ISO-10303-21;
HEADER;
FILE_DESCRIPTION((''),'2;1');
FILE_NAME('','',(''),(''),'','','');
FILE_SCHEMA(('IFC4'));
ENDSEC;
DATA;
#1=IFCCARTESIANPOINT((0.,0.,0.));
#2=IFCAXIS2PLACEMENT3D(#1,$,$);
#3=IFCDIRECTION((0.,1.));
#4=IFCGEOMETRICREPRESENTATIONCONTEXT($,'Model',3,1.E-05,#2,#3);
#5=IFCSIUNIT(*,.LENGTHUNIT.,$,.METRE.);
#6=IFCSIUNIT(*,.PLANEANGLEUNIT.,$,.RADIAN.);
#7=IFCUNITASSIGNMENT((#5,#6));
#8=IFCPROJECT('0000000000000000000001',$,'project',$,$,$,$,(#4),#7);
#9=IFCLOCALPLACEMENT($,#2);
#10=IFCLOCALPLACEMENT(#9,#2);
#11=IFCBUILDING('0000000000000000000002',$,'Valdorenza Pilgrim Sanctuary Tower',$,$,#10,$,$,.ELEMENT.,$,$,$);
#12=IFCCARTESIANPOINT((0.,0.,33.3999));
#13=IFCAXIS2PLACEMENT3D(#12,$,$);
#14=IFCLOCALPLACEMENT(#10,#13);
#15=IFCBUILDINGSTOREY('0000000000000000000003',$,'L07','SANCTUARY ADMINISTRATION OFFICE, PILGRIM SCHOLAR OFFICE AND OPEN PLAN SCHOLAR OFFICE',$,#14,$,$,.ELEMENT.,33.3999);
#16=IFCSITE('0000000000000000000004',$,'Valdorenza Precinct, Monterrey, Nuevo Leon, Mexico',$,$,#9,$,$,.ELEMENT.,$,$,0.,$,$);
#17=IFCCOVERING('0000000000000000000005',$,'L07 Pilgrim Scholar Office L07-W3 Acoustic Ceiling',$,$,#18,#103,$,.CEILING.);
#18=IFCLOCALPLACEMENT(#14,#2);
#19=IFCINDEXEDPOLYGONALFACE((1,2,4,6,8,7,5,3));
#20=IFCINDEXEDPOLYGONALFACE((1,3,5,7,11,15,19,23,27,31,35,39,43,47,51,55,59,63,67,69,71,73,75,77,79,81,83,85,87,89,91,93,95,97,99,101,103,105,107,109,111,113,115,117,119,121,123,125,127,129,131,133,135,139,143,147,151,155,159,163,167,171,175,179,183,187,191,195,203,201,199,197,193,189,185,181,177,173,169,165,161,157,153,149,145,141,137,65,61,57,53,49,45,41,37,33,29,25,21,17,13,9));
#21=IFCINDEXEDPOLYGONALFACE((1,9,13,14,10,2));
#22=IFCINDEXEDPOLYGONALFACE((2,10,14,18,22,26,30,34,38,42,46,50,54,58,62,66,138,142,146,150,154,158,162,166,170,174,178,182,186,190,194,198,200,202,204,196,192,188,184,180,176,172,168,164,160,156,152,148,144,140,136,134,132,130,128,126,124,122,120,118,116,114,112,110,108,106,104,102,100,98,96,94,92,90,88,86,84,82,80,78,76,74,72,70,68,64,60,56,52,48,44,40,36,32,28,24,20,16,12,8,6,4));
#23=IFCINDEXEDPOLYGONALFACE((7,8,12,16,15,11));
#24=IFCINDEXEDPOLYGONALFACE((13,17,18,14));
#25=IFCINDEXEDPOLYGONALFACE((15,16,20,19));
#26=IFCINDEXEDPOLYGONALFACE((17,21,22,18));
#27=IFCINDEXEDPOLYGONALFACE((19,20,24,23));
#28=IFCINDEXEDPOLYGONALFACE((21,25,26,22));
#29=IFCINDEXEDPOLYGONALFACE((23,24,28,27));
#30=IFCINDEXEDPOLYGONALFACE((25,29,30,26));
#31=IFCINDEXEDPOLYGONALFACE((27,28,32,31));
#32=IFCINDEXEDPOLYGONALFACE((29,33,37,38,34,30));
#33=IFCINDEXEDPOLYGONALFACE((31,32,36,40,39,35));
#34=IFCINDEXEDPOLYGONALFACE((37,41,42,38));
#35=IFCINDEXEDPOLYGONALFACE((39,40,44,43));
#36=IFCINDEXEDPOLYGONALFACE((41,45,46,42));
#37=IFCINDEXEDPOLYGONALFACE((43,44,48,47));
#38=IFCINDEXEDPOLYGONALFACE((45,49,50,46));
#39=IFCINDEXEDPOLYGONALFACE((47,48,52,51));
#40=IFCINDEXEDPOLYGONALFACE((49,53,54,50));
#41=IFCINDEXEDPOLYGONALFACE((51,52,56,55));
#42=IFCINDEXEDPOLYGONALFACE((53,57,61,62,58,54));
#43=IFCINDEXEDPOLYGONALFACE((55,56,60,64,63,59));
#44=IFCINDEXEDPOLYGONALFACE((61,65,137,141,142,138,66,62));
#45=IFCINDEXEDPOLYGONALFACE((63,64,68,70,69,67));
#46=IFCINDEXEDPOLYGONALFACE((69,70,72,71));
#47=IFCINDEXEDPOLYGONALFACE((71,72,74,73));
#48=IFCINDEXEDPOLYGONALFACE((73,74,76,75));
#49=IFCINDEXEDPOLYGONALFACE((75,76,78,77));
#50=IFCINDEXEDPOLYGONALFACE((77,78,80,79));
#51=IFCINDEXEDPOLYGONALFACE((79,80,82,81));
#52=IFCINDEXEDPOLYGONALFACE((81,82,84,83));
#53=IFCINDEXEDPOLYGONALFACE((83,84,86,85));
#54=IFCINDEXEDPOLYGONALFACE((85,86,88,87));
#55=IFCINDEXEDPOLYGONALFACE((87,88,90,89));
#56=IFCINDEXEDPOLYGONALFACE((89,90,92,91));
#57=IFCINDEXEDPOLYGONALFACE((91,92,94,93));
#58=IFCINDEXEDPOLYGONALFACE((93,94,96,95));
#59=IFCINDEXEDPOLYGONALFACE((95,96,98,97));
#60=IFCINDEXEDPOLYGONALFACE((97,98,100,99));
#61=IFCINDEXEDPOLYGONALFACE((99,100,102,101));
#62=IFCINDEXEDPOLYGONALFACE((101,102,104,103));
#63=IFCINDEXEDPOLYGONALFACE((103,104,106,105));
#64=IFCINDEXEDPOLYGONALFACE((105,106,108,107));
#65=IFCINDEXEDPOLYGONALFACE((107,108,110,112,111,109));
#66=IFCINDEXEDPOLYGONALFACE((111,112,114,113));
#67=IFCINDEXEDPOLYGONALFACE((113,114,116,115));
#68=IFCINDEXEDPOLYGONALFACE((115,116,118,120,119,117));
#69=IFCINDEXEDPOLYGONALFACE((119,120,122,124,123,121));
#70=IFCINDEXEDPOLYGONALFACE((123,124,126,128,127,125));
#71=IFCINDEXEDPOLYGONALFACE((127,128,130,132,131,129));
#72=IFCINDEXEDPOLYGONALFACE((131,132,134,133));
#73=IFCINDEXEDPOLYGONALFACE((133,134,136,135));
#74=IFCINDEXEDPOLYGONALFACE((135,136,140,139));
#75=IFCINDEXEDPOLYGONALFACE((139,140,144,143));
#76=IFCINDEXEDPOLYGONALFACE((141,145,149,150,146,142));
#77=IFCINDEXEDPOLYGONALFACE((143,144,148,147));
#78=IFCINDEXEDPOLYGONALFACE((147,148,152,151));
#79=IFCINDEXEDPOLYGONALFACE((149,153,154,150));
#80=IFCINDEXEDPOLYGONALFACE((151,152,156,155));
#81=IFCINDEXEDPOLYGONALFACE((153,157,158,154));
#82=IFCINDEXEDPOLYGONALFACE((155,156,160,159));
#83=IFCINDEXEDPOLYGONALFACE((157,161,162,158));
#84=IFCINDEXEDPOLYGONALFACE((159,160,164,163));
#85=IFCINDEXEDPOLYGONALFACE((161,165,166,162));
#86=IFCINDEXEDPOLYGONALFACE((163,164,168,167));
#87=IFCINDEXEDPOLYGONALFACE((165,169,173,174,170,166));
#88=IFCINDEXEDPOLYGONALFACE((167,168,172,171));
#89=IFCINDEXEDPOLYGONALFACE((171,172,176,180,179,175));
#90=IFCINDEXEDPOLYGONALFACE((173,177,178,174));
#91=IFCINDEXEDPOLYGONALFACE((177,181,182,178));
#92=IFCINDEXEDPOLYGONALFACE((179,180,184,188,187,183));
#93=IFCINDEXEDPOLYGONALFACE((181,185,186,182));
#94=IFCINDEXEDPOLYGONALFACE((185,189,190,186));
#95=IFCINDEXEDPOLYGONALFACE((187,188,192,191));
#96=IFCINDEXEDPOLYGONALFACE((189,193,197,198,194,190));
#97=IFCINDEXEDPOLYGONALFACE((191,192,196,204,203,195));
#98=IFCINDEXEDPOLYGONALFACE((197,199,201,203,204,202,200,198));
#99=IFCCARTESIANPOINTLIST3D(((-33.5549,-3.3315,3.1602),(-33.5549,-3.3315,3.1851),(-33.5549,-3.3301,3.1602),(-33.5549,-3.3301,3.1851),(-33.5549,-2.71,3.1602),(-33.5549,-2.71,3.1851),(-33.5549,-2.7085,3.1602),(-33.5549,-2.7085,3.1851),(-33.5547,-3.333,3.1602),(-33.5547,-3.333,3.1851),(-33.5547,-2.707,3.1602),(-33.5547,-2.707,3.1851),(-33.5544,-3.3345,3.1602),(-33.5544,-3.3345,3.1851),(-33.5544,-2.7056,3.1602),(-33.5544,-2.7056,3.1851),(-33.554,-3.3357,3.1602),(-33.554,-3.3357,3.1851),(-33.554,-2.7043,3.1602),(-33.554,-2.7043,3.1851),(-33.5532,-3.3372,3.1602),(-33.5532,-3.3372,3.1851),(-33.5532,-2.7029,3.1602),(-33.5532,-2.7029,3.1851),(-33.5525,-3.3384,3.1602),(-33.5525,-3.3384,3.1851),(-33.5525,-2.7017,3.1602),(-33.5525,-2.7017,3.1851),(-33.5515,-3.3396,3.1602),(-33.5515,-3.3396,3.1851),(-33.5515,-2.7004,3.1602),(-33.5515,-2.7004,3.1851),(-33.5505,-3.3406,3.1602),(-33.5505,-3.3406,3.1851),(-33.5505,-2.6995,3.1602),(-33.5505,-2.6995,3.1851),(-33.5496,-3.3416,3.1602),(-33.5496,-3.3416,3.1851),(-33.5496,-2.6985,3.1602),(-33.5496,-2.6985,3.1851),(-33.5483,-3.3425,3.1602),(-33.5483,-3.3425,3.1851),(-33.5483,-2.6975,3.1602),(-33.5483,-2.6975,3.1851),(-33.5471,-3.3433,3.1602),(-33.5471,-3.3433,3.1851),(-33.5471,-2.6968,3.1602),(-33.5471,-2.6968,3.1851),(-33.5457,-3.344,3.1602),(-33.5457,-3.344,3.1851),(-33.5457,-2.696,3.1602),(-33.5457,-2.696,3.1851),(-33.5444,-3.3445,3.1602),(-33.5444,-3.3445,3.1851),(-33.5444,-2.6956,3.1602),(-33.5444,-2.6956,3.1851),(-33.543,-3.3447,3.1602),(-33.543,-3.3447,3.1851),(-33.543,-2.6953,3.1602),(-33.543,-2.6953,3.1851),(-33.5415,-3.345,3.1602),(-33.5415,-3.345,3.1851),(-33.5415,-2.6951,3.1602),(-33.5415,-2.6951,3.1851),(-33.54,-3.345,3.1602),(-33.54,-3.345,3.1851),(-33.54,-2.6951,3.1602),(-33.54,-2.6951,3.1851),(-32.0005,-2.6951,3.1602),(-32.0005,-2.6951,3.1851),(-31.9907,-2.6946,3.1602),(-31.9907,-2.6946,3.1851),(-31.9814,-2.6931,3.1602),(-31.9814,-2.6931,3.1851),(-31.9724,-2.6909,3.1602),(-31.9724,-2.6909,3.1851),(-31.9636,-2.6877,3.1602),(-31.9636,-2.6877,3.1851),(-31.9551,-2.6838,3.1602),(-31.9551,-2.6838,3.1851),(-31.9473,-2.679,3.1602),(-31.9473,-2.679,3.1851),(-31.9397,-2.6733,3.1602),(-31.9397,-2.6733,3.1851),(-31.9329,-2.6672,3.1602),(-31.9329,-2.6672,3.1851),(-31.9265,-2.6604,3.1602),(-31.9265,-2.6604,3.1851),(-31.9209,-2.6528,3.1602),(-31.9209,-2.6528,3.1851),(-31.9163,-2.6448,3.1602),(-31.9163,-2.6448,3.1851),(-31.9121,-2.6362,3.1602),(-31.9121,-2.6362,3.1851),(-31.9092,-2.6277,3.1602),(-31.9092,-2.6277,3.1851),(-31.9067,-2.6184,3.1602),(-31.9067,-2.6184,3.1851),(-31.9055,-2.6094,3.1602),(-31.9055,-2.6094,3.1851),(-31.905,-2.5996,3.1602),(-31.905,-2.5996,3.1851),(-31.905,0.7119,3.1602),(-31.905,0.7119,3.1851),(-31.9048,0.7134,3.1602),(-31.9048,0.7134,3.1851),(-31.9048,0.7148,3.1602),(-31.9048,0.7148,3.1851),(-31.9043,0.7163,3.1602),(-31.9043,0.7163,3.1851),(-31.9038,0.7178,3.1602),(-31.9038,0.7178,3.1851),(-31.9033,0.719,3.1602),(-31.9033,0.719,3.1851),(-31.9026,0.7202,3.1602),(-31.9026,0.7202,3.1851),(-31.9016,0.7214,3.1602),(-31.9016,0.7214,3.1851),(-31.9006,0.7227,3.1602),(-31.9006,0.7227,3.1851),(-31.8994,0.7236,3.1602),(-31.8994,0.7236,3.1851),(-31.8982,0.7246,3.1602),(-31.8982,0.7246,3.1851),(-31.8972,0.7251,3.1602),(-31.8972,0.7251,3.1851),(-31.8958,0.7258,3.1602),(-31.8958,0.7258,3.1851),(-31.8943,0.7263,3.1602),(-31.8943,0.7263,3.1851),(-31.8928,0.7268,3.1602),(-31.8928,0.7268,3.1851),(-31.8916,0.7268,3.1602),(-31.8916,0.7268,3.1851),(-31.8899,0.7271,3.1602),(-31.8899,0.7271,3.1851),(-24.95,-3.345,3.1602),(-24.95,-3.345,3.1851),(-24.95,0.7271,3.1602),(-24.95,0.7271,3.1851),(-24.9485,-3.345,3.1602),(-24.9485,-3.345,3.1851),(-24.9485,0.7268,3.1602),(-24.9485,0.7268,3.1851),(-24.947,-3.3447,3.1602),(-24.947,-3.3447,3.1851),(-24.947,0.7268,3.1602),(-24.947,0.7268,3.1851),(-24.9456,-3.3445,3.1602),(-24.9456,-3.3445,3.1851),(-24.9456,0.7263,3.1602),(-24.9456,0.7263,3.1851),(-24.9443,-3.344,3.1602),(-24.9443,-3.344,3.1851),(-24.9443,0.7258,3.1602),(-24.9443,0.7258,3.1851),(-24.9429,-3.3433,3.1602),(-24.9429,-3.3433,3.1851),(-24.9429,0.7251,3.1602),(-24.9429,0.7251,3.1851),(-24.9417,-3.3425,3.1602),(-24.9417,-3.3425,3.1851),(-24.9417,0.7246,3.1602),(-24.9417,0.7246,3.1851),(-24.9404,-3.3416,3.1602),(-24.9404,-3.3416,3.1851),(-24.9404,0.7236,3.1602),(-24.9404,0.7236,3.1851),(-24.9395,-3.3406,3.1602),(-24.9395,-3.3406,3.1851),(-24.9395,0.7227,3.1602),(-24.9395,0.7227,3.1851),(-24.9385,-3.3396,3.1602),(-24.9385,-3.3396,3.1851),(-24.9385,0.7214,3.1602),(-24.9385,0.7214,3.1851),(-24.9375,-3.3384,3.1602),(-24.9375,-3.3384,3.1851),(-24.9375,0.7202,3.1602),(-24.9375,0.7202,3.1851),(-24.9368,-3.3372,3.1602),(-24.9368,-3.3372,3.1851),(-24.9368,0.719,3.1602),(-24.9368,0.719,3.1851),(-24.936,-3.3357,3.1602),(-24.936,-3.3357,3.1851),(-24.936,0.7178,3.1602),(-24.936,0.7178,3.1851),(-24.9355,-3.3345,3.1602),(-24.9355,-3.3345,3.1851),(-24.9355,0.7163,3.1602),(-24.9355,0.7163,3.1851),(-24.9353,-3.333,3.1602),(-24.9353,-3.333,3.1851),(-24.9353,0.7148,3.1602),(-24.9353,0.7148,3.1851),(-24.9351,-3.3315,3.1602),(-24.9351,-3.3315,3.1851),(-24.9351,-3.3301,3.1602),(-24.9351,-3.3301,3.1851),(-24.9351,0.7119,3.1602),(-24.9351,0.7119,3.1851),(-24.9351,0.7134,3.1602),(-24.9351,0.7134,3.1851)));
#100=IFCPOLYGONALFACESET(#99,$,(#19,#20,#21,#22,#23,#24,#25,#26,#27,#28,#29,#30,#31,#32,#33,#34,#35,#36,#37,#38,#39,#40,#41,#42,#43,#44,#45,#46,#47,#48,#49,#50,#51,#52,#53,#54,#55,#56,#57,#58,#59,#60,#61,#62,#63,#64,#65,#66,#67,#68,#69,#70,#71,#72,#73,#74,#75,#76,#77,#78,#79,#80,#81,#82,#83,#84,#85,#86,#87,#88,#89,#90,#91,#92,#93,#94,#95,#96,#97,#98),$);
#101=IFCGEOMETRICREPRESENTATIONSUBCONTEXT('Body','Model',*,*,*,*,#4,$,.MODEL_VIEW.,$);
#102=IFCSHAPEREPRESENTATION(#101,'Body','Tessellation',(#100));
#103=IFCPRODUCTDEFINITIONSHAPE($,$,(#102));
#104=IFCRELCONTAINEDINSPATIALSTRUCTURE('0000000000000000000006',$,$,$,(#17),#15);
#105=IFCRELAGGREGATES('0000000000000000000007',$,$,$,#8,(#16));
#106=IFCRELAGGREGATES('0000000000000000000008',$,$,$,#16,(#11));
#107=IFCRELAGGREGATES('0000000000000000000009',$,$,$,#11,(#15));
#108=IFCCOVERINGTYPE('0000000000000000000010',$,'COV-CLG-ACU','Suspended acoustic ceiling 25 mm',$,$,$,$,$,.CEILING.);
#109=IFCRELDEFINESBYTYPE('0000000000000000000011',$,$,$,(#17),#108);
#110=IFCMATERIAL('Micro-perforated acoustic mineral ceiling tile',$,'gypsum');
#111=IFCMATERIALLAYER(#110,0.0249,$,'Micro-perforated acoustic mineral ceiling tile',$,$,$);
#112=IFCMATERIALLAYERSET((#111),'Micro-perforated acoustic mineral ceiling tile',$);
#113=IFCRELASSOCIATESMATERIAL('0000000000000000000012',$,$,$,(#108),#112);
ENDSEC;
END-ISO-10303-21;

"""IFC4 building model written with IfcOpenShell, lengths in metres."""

from ifc_helpers import new_model, si_unit, direction, frame, origin, place, context, subcontext, project, spatial, polyline, outline, extrude, material, layer, layer_set, type_object, element, save


model = new_model("IFC4")

# Units and contexts
model_context = context("Model", 3, precision=1e-05, world=origin(), true_north=direction((0.0, 1.0)))
body_context = subcontext(model_context, "Body", "Model", "MODEL_VIEW")
ifc_project = project(units=[si_unit("LENGTHUNIT", "METRE"), si_unit("PLANEANGLEUNIT", "RADIAN")], contexts=[model_context])

# Site, building, storey
site_placement = place(None, origin())
site = spatial("IfcSite", under=ifc_project, at=site_placement, Name="Valdorenza Precinct, Monterrey, Nuevo Leon, Mexico", CompositionType="ELEMENT", RefElevation=0.0)
building_placement = place(site_placement, origin())
building = spatial("IfcBuilding", under=site, at=building_placement, Name="Valdorenza Pilgrim Sanctuary Tower", CompositionType="ELEMENT")
storey_placement = place(building_placement, frame((0.0, 0.0, 33.3999)))
storey = spatial("IfcBuildingStorey", under=building, at=storey_placement, Name="L07", Description="SANCTUARY ADMINISTRATION OFFICE, PILGRIM SCHOLAR OFFICE AND OPEN PLAN SCHOLAR OFFICE", CompositionType="ELEMENT", Elevation=33.3999)

# Covering
ifc_material_1 = material(Name="Micro-perforated acoustic mineral ceiling tile", Category="gypsum")
ifc_layer_1 = layer(ifc_material_1, 0.0249, Name="Micro-perforated acoustic mineral ceiling tile")
ifc_layer_set_1 = layer_set([ifc_layer_1], Name="Micro-perforated acoustic mineral ceiling tile")
covering_type_1 = type_object("IfcCoveringType", Name="COV-CLG-ACU", Description="Suspended acoustic ceiling 25 mm", PredefinedType="CEILING", material=ifc_layer_set_1)
covering_1_placement = place(storey_placement, frame((0.0, 0.0, 3.1602)))
element("IfcCovering", 1, at=covering_1_placement, inside=storey, type_object=covering_type_1, Name="L07 Pilgrim Scholar Office L07-W3 Acoustic Ceiling", PredefinedType="CEILING", context=body_context, shape_type="SweptSolid", body=[
    extrude(outline(polyline([(-24.9351, -3.3301), (-24.9351, -3.3315), (-24.9353, -3.333), (-24.9355, -3.3345), (-24.936, -3.3357), (-24.9368, -3.3372), (-24.9375, -3.3384), (-24.9385, -3.3396), (-24.9395, -3.3406), (-24.9404, -3.3416), (-24.9417, -3.3425), (-24.9429, -3.3433), (-24.9443, -3.344), (-24.9456, -3.3445), (-24.947, -3.3447), (-24.9485, -3.345), (-24.95, -3.345), (-33.54, -3.345), (-33.5415, -3.345), (-33.543, -3.3447), (-33.5444, -3.3445), (-33.5457, -3.344), (-33.5471, -3.3433), (-33.5483, -3.3425), (-33.5496, -3.3416), (-33.5505, -3.3406), (-33.5515, -3.3396), (-33.5525, -3.3384), (-33.5532, -3.3372), (-33.554, -3.3357), (-33.5544, -3.3345), (-33.5547, -3.333), (-33.5549, -3.3315), (-33.5549, -3.3301), (-33.5549, -2.71), (-33.5549, -2.7085), (-33.5547, -2.707), (-33.5544, -2.7056), (-33.554, -2.7043), (-33.5532, -2.7029), (-33.5525, -2.7017), (-33.5515, -2.7004), (-33.5505, -2.6995), (-33.5496, -2.6985), (-33.5483, -2.6975), (-33.5471, -2.6968), (-33.5457, -2.696), (-33.5444, -2.6956), (-33.543, -2.6953), (-33.5415, -2.6951), (-33.54, -2.6951), (-32.0005, -2.6951), (-31.9907, -2.6946), (-31.9814, -2.6931), (-31.9724, -2.6909), (-31.9636, -2.6877), (-31.9551, -2.6838), (-31.9473, -2.679), (-31.9397, -2.6733), (-31.9329, -2.6672), (-31.9265, -2.6604), (-31.9209, -2.6528), (-31.9163, -2.6448), (-31.9121, -2.6362), (-31.9092, -2.6277), (-31.9067, -2.6184), (-31.9055, -2.6094), (-31.905, -2.5996), (-31.905, 0.7119), (-31.9048, 0.7134), (-31.9048, 0.7148), (-31.9043, 0.7163), (-31.9038, 0.7178), (-31.9033, 0.719), (-31.9026, 0.7202), (-31.9016, 0.7214), (-31.9006, 0.7227), (-31.8994, 0.7236), (-31.8982, 0.7246), (-31.8972, 0.7251), (-31.8958, 0.7258), (-31.8943, 0.7263), (-31.8928, 0.7268), (-31.8916, 0.7268), (-31.8899, 0.7271), (-24.95, 0.7271), (-24.9485, 0.7268), (-24.947, 0.7268), (-24.9456, 0.7263), (-24.9443, 0.7258), (-24.9429, 0.7251), (-24.9417, 0.7246), (-24.9404, 0.7236), (-24.9395, 0.7227), (-24.9385, 0.7214), (-24.9375, 0.7202), (-24.9368, 0.719), (-24.936, 0.7178), (-24.9355, 0.7163), (-24.9353, 0.7148), (-24.9351, 0.7134), (-24.9351, 0.7119), (-24.9351, -3.3301)])), origin(), (0.0, 0.0, 1.0), 0.0249),
])

save(model, "model.ifc")
